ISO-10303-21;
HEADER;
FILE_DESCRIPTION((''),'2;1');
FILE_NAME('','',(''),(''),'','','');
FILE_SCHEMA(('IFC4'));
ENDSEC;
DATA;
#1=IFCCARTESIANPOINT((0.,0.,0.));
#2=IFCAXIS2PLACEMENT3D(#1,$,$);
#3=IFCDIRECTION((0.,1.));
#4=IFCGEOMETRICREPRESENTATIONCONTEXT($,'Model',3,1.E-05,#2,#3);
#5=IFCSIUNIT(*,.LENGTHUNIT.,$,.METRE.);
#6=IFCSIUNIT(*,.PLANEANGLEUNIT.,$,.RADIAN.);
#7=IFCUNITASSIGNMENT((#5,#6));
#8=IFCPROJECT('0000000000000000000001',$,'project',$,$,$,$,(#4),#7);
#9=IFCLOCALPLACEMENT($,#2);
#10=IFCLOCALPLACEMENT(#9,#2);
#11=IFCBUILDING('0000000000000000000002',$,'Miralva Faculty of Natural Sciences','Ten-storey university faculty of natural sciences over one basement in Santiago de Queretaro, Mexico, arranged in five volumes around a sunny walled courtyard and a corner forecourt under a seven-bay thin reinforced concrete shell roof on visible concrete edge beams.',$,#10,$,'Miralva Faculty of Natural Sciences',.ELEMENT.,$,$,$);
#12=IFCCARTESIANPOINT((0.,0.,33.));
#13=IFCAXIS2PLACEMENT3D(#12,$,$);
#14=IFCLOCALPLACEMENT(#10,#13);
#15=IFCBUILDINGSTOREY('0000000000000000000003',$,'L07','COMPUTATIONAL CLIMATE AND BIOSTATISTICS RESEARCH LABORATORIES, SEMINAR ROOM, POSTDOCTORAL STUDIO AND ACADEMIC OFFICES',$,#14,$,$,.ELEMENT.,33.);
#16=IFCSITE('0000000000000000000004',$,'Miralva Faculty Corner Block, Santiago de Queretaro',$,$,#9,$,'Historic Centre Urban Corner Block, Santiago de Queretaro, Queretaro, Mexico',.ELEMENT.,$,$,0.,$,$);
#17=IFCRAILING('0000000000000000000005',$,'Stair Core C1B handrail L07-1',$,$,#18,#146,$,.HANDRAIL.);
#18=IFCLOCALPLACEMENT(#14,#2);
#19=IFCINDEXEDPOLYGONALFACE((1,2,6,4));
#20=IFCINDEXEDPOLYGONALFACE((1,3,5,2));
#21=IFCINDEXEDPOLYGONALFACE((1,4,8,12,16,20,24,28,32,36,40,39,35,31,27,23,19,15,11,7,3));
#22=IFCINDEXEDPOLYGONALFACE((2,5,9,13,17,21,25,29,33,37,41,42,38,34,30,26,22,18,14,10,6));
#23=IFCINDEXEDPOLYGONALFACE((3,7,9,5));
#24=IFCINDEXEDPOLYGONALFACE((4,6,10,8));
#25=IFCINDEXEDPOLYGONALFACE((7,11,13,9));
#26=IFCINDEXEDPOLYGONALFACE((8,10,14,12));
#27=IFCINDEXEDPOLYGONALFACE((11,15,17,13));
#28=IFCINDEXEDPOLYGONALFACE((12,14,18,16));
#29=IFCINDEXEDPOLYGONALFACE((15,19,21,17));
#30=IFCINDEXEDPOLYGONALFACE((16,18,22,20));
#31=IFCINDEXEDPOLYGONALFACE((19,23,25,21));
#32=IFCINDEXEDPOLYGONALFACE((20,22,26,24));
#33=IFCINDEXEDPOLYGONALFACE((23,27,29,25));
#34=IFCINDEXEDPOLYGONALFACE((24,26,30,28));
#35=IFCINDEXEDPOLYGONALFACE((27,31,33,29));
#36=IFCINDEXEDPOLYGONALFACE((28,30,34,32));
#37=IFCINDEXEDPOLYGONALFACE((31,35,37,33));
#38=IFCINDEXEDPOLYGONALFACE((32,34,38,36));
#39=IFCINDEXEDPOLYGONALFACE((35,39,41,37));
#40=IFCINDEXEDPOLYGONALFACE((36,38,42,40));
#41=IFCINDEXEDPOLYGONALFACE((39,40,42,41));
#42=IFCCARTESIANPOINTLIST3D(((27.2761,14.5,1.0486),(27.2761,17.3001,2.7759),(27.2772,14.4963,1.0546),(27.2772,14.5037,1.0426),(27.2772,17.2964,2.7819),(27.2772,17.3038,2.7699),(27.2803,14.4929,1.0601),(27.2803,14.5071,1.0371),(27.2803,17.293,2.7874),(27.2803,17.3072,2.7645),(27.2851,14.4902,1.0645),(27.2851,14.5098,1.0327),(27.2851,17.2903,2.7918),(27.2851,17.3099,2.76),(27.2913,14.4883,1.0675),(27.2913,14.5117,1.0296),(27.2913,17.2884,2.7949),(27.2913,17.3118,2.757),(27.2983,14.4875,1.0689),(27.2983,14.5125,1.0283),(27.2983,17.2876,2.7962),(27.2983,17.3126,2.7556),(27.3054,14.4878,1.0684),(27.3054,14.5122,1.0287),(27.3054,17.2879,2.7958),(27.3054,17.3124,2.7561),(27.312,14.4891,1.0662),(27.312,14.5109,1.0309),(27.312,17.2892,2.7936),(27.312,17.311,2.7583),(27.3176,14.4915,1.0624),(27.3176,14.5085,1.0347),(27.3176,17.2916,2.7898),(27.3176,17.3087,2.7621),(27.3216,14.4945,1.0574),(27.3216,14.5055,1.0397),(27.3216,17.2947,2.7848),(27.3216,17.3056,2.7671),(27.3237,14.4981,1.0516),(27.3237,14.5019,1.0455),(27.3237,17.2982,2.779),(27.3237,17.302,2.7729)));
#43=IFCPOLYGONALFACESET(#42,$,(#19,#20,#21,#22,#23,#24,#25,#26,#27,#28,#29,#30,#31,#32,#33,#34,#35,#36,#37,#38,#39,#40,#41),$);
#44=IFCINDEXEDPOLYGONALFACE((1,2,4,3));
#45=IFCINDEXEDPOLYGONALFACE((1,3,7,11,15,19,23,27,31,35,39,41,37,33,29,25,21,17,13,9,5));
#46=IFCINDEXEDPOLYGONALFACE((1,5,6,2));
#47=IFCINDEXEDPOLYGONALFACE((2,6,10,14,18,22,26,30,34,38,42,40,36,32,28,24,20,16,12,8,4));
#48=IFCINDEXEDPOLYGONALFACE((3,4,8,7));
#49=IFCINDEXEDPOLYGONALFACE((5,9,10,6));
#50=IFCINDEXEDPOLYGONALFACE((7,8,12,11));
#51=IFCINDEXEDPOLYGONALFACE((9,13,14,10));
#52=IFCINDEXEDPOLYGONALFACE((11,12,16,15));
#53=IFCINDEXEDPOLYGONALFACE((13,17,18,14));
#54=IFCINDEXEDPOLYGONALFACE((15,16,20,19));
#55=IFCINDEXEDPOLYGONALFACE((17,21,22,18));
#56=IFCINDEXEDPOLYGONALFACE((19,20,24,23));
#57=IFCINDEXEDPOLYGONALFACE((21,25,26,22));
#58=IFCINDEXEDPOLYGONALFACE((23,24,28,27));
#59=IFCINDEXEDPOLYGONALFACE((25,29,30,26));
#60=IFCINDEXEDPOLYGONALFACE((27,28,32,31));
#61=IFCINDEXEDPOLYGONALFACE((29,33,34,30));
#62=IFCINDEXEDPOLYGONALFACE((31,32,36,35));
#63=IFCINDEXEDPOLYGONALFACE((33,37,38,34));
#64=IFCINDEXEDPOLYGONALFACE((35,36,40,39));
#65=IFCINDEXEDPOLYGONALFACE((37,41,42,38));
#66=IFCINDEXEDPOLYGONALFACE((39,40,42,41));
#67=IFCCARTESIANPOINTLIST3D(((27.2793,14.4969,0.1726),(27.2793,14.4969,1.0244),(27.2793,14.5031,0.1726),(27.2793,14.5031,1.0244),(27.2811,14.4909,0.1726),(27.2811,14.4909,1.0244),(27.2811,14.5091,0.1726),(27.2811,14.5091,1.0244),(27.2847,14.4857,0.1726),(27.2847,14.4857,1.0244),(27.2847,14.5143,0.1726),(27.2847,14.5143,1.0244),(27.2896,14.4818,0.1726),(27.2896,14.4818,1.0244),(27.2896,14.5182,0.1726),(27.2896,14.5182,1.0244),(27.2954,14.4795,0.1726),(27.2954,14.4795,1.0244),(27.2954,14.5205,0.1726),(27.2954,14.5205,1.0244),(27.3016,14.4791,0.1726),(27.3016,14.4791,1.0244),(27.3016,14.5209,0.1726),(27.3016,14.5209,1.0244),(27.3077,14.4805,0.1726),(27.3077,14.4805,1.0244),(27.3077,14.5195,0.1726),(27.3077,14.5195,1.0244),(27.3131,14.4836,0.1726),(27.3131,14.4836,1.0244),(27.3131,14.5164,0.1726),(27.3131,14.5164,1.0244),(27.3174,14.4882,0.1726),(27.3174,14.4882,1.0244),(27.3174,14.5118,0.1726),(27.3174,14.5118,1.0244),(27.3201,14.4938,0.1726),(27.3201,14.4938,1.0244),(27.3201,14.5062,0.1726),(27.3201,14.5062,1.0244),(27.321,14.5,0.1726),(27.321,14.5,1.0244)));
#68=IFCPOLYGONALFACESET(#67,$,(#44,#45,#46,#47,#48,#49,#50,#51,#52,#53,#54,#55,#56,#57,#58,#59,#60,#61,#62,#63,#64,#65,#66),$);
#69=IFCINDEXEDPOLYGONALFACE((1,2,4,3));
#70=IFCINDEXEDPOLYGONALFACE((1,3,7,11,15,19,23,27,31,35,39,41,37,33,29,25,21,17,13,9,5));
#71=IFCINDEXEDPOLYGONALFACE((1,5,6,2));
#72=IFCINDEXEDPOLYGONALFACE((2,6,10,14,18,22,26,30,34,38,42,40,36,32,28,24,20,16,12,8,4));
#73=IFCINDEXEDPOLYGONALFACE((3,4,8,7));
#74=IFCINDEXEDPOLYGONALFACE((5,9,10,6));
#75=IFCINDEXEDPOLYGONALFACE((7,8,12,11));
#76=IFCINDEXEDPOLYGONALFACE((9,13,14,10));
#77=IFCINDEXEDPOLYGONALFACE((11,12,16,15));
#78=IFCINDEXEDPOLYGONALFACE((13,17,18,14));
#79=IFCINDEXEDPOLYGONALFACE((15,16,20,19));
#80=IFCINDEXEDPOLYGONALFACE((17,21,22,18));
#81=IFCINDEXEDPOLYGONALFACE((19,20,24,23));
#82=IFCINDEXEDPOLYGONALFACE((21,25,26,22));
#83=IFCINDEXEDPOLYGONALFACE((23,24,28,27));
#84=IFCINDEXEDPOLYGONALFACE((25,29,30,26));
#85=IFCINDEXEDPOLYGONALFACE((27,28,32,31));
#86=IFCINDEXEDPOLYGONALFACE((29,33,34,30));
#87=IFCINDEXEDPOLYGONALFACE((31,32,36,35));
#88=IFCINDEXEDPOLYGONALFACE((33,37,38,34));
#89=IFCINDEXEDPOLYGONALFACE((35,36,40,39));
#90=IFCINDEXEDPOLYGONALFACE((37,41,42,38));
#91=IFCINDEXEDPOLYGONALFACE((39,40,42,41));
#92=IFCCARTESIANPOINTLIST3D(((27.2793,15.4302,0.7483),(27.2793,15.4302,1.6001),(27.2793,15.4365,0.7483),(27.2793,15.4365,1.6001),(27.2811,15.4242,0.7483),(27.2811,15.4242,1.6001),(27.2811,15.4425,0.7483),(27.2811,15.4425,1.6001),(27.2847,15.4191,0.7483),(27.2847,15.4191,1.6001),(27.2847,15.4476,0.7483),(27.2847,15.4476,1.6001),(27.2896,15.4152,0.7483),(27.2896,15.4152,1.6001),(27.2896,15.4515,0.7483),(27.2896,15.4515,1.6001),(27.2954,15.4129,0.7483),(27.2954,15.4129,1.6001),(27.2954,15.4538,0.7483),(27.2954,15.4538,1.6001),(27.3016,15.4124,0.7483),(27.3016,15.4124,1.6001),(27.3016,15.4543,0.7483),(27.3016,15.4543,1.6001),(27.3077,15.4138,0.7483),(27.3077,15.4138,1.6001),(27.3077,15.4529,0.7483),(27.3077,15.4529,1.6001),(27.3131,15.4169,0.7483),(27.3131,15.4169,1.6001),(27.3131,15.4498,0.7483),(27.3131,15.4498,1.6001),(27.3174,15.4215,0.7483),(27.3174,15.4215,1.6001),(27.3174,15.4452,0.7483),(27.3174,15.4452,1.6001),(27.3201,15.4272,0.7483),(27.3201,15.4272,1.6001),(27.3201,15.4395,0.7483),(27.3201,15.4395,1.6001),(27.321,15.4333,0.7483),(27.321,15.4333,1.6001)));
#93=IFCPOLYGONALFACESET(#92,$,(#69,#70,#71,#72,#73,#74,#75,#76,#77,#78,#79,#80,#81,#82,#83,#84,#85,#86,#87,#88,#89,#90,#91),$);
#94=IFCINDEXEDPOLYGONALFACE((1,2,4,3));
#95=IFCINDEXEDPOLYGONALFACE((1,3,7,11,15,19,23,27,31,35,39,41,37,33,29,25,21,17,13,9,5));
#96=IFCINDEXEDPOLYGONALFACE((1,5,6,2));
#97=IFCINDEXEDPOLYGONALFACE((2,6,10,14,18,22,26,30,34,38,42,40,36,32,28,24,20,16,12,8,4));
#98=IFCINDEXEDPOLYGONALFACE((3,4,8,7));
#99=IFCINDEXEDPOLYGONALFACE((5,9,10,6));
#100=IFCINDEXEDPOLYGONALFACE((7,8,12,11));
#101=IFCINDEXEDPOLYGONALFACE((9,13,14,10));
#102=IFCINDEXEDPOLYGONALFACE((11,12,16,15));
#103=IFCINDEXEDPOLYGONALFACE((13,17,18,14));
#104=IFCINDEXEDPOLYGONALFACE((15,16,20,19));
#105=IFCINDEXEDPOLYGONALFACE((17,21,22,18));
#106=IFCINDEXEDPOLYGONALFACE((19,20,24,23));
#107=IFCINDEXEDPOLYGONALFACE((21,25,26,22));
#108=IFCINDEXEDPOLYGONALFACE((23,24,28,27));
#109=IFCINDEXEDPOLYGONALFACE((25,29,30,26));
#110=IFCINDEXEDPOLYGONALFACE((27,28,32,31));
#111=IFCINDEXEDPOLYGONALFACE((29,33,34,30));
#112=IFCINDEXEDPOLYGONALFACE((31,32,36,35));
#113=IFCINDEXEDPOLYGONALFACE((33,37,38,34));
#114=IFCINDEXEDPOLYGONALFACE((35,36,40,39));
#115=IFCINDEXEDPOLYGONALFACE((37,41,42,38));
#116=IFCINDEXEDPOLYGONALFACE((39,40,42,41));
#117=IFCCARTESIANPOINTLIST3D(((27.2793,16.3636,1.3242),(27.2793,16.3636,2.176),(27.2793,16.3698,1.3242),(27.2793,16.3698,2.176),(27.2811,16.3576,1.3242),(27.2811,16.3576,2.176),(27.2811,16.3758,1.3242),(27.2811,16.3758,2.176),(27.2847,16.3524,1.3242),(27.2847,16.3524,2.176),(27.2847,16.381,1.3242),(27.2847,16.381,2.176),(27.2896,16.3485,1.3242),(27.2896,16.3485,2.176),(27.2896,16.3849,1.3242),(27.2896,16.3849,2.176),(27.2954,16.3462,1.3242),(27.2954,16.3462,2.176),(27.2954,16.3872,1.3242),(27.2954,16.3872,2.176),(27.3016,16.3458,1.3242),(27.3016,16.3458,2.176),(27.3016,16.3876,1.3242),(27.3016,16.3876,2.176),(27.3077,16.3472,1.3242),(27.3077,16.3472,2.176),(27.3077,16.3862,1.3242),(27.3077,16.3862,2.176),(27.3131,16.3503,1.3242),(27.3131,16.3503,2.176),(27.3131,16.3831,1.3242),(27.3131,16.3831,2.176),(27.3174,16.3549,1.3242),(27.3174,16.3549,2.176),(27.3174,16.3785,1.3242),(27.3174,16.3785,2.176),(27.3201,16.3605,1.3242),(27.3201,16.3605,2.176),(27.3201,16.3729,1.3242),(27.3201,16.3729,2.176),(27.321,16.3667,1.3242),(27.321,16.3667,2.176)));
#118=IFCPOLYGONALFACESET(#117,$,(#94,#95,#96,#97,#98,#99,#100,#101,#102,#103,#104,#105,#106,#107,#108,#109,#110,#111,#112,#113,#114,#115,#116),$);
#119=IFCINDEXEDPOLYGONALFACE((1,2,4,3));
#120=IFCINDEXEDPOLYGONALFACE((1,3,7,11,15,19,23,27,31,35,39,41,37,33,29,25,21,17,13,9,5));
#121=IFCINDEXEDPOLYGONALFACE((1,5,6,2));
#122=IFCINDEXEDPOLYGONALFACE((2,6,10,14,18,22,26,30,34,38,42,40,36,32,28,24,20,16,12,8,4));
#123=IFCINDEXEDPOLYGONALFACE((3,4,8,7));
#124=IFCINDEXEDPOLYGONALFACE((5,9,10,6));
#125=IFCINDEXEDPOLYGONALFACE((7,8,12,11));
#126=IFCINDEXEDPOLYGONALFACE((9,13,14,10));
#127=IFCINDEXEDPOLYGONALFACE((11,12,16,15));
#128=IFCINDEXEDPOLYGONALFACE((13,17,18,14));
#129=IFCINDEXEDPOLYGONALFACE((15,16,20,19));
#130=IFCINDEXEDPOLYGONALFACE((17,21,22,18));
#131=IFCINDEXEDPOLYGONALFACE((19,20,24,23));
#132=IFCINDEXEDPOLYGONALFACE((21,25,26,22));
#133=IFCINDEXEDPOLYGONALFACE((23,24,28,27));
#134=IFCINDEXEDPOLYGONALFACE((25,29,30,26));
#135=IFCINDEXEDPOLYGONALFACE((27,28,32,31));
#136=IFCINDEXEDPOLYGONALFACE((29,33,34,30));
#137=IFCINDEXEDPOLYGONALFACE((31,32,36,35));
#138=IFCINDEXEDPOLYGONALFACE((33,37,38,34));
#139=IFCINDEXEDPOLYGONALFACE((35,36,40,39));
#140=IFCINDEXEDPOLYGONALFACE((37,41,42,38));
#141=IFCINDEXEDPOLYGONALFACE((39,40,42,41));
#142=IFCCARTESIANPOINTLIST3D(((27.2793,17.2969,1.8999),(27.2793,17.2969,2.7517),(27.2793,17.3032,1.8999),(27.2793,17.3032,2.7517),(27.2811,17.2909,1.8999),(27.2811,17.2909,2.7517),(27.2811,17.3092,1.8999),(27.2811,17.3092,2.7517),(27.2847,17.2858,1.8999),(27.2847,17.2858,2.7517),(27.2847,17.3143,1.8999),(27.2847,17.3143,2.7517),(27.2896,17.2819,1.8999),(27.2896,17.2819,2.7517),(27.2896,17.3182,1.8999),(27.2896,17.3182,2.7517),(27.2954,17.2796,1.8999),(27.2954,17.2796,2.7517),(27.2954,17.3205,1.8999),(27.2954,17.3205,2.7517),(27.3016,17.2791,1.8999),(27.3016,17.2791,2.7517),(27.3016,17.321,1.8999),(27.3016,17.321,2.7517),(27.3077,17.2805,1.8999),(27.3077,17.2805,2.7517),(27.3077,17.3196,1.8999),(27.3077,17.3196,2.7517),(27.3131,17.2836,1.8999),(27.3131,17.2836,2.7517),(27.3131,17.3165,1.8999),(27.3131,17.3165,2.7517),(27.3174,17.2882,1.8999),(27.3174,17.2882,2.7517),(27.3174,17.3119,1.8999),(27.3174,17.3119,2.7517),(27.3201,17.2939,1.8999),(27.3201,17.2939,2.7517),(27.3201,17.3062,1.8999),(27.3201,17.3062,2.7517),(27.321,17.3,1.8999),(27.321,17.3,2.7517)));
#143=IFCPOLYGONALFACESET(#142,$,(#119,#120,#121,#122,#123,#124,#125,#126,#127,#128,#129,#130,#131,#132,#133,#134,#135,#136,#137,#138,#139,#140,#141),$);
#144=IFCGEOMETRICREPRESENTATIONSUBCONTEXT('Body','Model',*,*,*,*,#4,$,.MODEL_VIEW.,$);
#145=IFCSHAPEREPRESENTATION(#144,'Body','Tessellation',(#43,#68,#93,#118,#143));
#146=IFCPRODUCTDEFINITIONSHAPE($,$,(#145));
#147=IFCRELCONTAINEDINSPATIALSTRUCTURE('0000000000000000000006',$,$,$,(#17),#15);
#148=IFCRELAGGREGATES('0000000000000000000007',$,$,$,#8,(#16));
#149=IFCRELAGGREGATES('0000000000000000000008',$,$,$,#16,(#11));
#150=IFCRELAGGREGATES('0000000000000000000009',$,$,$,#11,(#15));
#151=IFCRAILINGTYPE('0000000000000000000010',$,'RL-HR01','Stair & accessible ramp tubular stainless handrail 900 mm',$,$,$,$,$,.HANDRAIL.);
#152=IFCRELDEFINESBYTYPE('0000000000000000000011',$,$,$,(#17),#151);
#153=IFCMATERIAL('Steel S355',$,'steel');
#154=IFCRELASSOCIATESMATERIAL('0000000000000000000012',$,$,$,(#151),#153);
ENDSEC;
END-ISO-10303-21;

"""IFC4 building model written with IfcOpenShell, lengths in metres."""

from ifc_helpers import new_model, si_unit, direction, frame, origin, origin_2d, place, context, subcontext, project, spatial, circle, extrude, material, type_object, element, save


model = new_model("IFC4")

# Units and contexts
model_context = context("Model", 3, precision=1e-05, world=origin(), true_north=direction((0.0, 1.0)))
body_context = subcontext(model_context, "Body", "Model", "MODEL_VIEW")
ifc_project = project(units=[si_unit("LENGTHUNIT", "METRE"), si_unit("PLANEANGLEUNIT", "RADIAN")], contexts=[model_context])

# Site, building, storey
site_placement = place(None, origin())
site = spatial("IfcSite", under=ifc_project, at=site_placement, Name="Miralva Faculty Corner Block, Santiago de Queretaro", LongName="Historic Centre Urban Corner Block, Santiago de Queretaro, Queretaro, Mexico", CompositionType="ELEMENT", RefElevation=0.0)
building_placement = place(site_placement, origin())
building = spatial("IfcBuilding", under=site, at=building_placement, Name="Miralva Faculty of Natural Sciences", Description="Ten-storey university faculty of natural sciences over one basement in Santiago de Queretaro, Mexico, arranged in five volumes around a sunny walled courtyard and a corner forecourt under a seven-bay thin reinforced concrete shell roof on visible concrete edge beams.", LongName="Miralva Faculty of Natural Sciences", CompositionType="ELEMENT")
storey_placement = place(building_placement, frame((0.0, 0.0, 33.0)))
storey = spatial("IfcBuildingStorey", under=building, at=storey_placement, Name="L07", Description="COMPUTATIONAL CLIMATE AND BIOSTATISTICS RESEARCH LABORATORIES, SEMINAR ROOM, POSTDOCTORAL STUDIO AND ACADEMIC OFFICES", CompositionType="ELEMENT", Elevation=33.0)

# Railing
ifc_material_1 = material(Name="Steel S355", Category="steel")
railing_type_1 = type_object("IfcRailingType", Name="RL-HR01", Description="Stair & accessible ramp tubular stainless handrail 900 mm", PredefinedType="HANDRAIL", material=ifc_material_1)
for number, where, name in (
    (1, (27.3, 14.5, 0.1726), "Stair Core C1B handrail L07-1"),
):
    element("IfcRailing", number, at=place(storey_placement, frame(where)), inside=storey, type_object=railing_type_1, Name=name, PredefinedType="HANDRAIL", context=body_context, shape_type="SweptSolid", body=[
        extrude(circle(Radius=0.0239, at=origin_2d()), frame((0.0, 0.0, 0.876), z_axis=(0.0, 0.85109, 0.52502), x_axis=(-1.0, 0.0, 0.0)), (0.0, 0.0, 1.0), 3.29),
        extrude(circle(Radius=0.021, at=origin_2d()), origin(), (0.0, 0.0, 1.0), 0.8518),
        extrude(circle(Radius=0.021, at=origin_2d()), frame((0.0, 0.9333, 0.5757)), (0.0, 0.0, 1.0), 0.8518),
        extrude(circle(Radius=0.021, at=origin_2d()), frame((0.0, 1.8667, 1.1516)), (0.0, 0.0, 1.0), 0.8518),
        extrude(circle(Radius=0.021, at=origin_2d()), frame((0.0, 2.8, 1.7273)), (0.0, 0.0, 1.0), 0.8518),
    ])

save(model, "model.ifc")
